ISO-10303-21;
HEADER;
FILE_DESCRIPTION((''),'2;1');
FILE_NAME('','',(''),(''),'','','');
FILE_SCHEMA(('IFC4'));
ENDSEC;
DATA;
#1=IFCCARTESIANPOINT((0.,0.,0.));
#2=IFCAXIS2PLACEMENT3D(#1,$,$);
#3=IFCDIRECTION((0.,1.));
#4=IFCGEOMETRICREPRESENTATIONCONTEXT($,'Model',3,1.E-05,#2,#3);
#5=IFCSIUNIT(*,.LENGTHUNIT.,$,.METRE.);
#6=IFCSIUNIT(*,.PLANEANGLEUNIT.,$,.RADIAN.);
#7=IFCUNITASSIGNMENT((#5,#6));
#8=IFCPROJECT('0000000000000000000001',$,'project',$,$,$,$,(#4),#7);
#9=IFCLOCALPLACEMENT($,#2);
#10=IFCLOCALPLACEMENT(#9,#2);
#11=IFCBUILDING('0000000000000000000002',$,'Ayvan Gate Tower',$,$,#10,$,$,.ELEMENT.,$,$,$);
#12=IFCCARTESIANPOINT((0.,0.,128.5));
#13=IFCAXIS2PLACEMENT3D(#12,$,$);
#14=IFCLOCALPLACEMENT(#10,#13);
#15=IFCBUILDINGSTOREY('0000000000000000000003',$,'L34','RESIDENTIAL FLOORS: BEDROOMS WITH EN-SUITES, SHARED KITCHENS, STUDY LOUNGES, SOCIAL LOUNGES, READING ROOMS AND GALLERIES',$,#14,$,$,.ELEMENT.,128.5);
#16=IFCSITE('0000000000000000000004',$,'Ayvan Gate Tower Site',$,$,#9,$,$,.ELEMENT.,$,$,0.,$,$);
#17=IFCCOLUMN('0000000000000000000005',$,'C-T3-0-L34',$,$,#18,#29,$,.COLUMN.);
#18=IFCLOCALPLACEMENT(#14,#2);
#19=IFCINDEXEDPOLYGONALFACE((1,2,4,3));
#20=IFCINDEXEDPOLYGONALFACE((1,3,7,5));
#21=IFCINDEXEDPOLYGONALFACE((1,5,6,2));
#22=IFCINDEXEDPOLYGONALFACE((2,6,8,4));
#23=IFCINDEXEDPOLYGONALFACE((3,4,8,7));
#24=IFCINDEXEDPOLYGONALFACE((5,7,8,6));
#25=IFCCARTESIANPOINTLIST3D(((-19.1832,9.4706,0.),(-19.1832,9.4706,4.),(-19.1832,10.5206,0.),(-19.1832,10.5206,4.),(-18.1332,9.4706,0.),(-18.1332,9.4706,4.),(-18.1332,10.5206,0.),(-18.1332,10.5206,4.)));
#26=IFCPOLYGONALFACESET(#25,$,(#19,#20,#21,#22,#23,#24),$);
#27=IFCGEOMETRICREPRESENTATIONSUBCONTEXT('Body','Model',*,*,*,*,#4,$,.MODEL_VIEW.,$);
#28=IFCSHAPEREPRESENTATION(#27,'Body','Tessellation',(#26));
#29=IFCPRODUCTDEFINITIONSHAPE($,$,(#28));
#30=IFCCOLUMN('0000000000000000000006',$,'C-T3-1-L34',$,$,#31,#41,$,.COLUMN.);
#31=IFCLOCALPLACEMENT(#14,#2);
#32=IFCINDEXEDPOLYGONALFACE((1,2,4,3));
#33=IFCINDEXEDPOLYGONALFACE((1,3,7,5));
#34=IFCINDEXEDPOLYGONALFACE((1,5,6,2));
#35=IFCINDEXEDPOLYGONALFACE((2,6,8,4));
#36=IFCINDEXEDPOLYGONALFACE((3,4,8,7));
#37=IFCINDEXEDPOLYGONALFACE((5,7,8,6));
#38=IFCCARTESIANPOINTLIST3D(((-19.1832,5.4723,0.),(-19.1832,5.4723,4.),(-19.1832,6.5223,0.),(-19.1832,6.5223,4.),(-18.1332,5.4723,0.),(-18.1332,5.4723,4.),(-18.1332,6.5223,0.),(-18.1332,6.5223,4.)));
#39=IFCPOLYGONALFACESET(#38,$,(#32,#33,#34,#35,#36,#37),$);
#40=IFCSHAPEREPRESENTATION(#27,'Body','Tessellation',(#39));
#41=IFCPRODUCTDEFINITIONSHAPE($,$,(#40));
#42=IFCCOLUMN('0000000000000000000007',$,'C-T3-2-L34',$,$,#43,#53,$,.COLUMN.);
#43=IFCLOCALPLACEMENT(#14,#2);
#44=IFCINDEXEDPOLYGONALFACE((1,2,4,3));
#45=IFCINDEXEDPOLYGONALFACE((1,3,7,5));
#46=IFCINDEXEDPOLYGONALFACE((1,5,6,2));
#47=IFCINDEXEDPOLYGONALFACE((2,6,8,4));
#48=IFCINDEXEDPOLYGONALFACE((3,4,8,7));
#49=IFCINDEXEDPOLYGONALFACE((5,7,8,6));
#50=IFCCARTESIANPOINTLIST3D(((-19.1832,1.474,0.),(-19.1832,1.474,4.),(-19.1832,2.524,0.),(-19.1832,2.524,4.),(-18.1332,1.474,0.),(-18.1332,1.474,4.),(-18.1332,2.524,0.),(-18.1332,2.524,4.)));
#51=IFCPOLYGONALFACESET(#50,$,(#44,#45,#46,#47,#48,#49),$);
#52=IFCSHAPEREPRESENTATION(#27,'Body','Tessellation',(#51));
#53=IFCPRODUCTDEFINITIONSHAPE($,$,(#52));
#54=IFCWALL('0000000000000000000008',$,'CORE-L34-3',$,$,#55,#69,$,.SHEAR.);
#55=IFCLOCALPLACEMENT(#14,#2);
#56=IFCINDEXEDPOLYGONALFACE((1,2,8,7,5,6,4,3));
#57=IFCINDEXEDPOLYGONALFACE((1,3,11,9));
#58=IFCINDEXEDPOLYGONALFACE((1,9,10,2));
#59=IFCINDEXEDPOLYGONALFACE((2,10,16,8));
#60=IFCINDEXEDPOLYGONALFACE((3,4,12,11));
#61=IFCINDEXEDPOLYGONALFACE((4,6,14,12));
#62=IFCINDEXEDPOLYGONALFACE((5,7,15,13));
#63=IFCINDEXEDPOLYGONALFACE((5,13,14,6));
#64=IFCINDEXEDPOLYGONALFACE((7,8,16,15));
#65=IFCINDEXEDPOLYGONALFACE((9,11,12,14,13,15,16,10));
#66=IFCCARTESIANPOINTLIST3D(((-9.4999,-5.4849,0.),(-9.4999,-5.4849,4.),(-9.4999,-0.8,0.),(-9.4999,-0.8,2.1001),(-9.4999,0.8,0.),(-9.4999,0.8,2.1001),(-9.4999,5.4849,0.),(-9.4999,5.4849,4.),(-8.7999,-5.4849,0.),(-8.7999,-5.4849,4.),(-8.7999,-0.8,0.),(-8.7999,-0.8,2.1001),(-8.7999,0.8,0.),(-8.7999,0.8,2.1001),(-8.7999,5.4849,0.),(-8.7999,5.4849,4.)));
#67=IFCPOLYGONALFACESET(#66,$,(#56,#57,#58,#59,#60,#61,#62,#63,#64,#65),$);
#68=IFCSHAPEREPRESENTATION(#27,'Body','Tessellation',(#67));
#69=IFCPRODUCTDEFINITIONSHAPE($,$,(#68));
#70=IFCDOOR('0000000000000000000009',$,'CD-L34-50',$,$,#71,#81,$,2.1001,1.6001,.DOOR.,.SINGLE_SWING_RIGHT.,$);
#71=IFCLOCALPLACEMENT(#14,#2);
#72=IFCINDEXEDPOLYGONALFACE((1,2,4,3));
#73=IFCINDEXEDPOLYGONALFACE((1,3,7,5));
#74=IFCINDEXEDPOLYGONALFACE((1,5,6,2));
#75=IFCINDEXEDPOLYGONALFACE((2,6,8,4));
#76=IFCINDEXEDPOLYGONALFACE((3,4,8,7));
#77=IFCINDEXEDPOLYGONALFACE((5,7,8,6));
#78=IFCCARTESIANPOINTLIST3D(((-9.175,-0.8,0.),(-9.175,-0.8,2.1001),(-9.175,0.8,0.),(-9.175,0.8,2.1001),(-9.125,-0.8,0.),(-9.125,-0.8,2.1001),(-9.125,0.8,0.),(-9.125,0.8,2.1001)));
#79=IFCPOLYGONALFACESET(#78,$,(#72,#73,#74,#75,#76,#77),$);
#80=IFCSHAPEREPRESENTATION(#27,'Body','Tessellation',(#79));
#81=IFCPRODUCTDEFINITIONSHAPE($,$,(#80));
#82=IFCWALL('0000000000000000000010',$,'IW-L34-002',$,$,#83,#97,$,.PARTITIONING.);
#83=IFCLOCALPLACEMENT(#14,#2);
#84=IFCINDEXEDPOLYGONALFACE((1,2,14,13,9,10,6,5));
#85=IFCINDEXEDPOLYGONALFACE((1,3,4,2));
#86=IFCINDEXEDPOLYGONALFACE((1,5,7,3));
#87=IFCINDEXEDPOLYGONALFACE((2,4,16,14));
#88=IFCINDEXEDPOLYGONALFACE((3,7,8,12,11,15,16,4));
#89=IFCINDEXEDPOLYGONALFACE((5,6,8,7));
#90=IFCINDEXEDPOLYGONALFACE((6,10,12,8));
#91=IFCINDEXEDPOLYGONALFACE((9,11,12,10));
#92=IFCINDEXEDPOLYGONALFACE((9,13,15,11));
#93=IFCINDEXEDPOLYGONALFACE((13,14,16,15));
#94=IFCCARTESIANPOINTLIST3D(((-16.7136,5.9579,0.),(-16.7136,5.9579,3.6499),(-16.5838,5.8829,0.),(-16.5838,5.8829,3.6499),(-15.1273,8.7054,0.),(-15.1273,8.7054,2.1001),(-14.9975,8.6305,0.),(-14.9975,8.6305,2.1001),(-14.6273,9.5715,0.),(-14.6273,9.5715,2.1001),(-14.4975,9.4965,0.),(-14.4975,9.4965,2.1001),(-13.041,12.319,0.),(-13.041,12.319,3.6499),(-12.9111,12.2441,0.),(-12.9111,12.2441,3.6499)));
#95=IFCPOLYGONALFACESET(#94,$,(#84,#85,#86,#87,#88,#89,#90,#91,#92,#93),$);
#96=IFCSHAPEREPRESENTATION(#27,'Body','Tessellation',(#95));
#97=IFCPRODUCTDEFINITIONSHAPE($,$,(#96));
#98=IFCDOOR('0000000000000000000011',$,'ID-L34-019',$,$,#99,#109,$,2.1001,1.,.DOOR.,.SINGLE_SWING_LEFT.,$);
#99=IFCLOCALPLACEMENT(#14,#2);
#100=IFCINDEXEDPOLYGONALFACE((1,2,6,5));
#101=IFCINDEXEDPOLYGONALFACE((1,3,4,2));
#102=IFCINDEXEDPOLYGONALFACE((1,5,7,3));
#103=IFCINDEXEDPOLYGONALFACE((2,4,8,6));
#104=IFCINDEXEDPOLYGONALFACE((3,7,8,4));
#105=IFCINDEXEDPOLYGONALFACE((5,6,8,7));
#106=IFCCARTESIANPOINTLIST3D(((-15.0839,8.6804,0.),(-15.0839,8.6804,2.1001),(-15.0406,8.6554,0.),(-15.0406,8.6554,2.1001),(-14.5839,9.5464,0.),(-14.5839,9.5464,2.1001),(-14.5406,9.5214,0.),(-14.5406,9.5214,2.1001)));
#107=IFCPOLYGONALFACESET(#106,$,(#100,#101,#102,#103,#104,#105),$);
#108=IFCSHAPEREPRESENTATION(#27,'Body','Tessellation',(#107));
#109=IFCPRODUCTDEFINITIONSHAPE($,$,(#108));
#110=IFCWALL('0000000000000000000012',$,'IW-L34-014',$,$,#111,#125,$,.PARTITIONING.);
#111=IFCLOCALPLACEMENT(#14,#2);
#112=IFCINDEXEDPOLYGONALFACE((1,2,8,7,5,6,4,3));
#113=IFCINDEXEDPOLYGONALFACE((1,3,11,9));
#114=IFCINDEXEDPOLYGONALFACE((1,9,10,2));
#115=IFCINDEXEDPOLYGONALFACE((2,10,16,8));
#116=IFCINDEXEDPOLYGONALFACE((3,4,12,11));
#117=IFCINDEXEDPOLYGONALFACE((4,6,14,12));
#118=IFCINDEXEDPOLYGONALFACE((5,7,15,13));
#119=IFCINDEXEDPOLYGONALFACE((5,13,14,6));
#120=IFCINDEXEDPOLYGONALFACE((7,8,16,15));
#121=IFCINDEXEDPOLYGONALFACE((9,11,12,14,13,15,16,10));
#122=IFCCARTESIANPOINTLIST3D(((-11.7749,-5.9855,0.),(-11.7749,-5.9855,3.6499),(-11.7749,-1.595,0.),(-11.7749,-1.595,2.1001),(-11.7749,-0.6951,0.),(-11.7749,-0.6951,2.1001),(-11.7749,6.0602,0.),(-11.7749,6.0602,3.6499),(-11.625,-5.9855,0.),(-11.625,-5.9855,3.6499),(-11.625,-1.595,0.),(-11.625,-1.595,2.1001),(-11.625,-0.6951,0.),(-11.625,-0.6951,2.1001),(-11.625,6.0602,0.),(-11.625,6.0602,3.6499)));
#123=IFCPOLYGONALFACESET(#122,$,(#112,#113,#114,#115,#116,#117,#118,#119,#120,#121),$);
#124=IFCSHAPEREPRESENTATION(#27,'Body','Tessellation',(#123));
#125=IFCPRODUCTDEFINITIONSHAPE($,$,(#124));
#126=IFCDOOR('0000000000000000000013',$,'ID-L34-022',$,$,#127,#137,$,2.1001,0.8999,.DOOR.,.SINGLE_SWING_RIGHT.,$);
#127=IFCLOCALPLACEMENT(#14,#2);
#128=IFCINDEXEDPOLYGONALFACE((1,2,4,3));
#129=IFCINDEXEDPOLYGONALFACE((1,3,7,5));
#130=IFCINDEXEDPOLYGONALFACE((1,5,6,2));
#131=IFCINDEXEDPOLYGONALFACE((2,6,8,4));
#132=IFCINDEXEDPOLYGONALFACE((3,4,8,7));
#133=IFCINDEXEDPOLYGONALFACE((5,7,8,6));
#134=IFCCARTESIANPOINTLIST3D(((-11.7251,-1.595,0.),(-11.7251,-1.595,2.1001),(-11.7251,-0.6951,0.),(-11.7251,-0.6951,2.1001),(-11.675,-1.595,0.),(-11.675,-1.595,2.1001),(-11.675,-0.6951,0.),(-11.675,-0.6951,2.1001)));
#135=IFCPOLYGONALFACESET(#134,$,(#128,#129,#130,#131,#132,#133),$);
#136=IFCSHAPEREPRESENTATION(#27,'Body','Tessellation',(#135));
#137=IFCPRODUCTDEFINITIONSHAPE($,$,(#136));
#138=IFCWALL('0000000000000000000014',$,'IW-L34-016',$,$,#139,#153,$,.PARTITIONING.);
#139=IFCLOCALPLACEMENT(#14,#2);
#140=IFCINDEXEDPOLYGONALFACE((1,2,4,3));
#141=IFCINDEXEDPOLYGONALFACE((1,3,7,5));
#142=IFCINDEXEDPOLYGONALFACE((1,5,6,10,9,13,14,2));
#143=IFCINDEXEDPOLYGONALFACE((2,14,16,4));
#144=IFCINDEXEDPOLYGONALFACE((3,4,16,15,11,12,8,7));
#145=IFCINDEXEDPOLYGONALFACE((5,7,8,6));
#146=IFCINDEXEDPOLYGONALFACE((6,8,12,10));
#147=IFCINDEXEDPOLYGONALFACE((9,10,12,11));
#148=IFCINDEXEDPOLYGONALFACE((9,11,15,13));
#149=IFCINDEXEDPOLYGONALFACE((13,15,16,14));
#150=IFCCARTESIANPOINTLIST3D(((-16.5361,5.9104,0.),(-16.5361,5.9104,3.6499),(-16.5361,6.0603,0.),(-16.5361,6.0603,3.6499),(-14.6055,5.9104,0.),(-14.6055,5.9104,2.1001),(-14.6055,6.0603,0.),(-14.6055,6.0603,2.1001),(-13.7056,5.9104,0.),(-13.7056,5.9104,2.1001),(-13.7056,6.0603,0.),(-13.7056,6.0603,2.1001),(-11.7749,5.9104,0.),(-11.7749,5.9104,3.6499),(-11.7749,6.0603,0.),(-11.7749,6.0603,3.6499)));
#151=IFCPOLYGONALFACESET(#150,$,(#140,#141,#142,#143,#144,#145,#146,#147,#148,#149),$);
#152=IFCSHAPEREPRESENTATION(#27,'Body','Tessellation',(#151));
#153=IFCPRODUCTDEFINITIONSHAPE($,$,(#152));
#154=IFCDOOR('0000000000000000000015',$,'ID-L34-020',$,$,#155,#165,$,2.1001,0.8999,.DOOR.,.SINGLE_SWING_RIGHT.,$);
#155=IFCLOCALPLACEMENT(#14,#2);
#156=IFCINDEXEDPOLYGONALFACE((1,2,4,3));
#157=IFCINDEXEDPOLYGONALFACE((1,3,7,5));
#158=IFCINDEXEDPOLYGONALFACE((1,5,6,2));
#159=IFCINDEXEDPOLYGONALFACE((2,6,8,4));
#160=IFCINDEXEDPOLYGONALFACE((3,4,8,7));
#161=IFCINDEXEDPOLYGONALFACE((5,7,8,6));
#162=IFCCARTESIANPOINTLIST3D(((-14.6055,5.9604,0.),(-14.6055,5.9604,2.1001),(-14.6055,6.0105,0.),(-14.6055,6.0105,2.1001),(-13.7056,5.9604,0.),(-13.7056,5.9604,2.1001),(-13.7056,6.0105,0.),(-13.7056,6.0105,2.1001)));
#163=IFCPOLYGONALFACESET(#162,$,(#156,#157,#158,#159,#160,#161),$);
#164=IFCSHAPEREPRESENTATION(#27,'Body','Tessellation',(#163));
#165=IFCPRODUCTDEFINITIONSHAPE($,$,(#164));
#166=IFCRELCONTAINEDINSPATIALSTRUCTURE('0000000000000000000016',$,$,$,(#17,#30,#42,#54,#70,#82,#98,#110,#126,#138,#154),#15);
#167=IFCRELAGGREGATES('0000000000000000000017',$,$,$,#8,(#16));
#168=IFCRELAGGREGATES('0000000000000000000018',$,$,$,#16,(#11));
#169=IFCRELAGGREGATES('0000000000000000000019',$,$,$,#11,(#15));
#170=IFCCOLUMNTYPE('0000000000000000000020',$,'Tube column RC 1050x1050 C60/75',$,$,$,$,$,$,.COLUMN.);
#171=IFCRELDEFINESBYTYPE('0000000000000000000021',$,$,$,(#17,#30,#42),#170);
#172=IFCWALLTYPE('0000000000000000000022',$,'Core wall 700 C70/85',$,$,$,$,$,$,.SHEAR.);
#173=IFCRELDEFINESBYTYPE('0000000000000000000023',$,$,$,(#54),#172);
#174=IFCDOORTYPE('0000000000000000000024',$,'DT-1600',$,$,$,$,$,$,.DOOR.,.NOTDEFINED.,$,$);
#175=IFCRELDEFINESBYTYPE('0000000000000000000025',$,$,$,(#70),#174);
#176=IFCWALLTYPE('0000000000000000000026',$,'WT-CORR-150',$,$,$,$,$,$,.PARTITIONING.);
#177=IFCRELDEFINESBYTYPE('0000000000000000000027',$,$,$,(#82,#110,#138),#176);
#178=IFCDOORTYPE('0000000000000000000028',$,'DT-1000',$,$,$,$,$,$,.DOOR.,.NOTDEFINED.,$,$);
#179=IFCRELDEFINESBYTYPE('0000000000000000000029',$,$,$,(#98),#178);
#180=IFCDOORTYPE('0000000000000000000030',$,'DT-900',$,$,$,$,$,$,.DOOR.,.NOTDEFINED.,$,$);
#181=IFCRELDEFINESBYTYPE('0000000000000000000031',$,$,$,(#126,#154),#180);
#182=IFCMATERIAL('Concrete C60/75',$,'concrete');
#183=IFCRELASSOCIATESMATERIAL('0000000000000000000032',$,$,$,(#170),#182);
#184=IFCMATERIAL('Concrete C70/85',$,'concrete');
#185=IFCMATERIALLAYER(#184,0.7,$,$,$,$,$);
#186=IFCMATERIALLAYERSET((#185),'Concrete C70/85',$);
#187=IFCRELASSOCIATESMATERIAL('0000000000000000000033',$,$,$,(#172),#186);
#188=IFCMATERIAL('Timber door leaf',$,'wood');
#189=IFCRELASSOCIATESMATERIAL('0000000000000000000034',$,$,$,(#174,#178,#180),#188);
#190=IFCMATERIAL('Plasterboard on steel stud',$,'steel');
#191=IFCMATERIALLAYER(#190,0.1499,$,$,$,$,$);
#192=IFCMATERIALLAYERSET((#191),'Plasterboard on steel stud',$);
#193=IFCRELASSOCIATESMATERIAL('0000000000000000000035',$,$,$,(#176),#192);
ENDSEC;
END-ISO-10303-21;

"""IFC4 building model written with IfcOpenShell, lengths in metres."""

from ifc_helpers import new_model, si_unit, direction, frame, frame_2d, origin, origin_2d, place, context, subcontext, project, spatial, rectangle, extrude, material, layer, layer_set, material_profile, profile_set, type_object, element, fill, save


model = new_model("IFC4")

# Units and contexts
model_context = context("Model", 3, precision=1e-05, world=origin(), true_north=direction((0.0, 1.0)))
body_context = subcontext(model_context, "Body", "Model", "MODEL_VIEW")
ifc_project = project(units=[si_unit("LENGTHUNIT", "METRE"), si_unit("PLANEANGLEUNIT", "RADIAN")], contexts=[model_context])

# Site, building, storey
site_placement = place(None, origin())
site = spatial("IfcSite", under=ifc_project, at=site_placement, Name="Ayvan Gate Tower Site", CompositionType="ELEMENT", RefElevation=0.0)
building_placement = place(site_placement, origin())
building = spatial("IfcBuilding", under=site, at=building_placement, Name="Ayvan Gate Tower", CompositionType="ELEMENT")
storey_placement = place(building_placement, frame((0.0, 0.0, 128.5)))
storey = spatial("IfcBuildingStorey", under=building, at=storey_placement, Name="L34", Description="RESIDENTIAL FLOORS: BEDROOMS WITH EN-SUITES, SHARED KITCHENS, STUDY LOUNGES, SOCIAL LOUNGES, READING ROOMS AND GALLERIES", CompositionType="ELEMENT", Elevation=128.5)

# Columns
ifc_material_1 = material(Name="Concrete C60/75", Category="concrete")
ifc_material_profile = material_profile(ifc_material_1, rectangle(XDim=1.05, YDim=1.05, at=origin_2d()), Name="RC 1050x1050")
ifc_profile_set = profile_set([ifc_material_profile], Name="Concrete C60/75")
column_type = type_object("IfcColumnType", Name="Tube column RC 1050x1050 C60/75", PredefinedType="COLUMN", material=ifc_profile_set)
for number, where, z_axis, x_axis, name in (
    (1, (-18.6582, 9.9956, 0.0), (0.0, 0.0, 1.0), (-1.0, 0.0, 0.0), "C-T3-0-L34"),
    (2, (-18.6582, 5.9973, 0.0), (0.0, 0.0, 1.0), (-1.0, 0.0, 0.0), "C-T3-1-L34"),
    (3, (-18.6582, 1.999, 0.0), (0.0, 0.0, 1.0), (-1.0, 0.0, 0.0), "C-T3-2-L34"),
):
    element("IfcColumn", number, at=place(storey_placement, frame(where, z_axis=z_axis, x_axis=x_axis)), inside=storey, type_object=column_type, Name=name, PredefinedType="COLUMN", context=body_context, shape_type="SweptSolid", body=[
        extrude(rectangle(XDim=1.05, YDim=1.05, at=origin_2d()), origin(), (0.0, 0.0, 1.0), 4.0),
    ])

# Walls, openings, doors
ifc_material_2 = material(Name="Concrete C70/85", Category="concrete")
ifc_layer_1 = layer(ifc_material_2, 0.7)
ifc_layer_set_1 = layer_set([ifc_layer_1], Name="Concrete C70/85")
wall_type_1 = type_object("IfcWallType", Name="Core wall 700 C70/85", PredefinedType="SHEAR", material=ifc_layer_set_1)
wall_1_placement = place(storey_placement, frame((-9.1499, 5.4849, 0.0), z_axis=(0.0, 0.0, 1.0), x_axis=(0.0, -1.0, 0.0)))
wall_1 = element("IfcWall", 4, at=wall_1_placement, inside=storey, type_object=wall_type_1, Name="CORE-L34-3", PredefinedType="SHEAR", context=body_context, shape_type="SweptSolid", body=[
    extrude(rectangle(XDim=10.9697, YDim=0.7, at=frame_2d((5.4849, 0.0))), origin(), (0.0, 0.0, 1.0), 4.0),
])
opening_1_placement = place(wall_1_placement, frame((4.6848, 0.0, 0.0)))
opening_1 = element("IfcOpeningElement", 5, at=opening_1_placement, cuts=wall_1, PredefinedType="OPENING", context=body_context, shape_type="SweptSolid", body=[
    extrude(rectangle(XDim=1.6001, YDim=2.1001, at=frame_2d((0.8, 1.05))), frame((0.0, 0.3599, 0.0), z_axis=(0.0, -1.0, 0.0), x_axis=(1.0, 0.0, 0.0)), (0.0, 0.0, 1.0), 0.72),
])
ifc_material_3 = material(Name="Timber door leaf", Category="wood")
door_type_1 = type_object("IfcDoorType", Name="DT-1600", OperationType="NOTDEFINED", PredefinedType="DOOR", material=ifc_material_3)
door_1_placement = place(opening_1_placement, origin())
door_1 = element("IfcDoor", 6, at=door_1_placement, inside=storey, type_object=door_type_1, Name="CD-L34-50", OperationType="SINGLE_SWING_RIGHT", OverallHeight=2.1001, OverallWidth=1.6001, PredefinedType="DOOR", context=body_context, shape_type="SweptSolid", body=[
    extrude(rectangle(XDim=1.6001, YDim=2.1001, at=frame_2d((0.8, 1.05))), frame((0.0, 0.0249, 0.0), z_axis=(0.0, -1.0, 0.0), x_axis=(1.0, 0.0, 0.0)), (0.0, 0.0, 1.0), 0.05),
])
fill(opening_1, door_1)
ifc_material_4 = material(Name="Plasterboard on steel stud", Category="steel")
ifc_layer_2 = layer(ifc_material_4, 0.1499)
ifc_layer_set_2 = layer_set([ifc_layer_2], Name="Plasterboard on steel stud")
wall_type_2 = type_object("IfcWallType", Name="WT-CORR-150", PredefinedType="PARTITIONING", material=ifc_layer_set_2)
wall_2_placement = place(storey_placement, frame((-16.6487, 5.9204, 0.0), z_axis=(0.0, 0.0, 1.0), x_axis=(0.500003, 0.866023, 0.0)))
wall_2 = element("IfcWall", 7, at=wall_2_placement, inside=storey, type_object=wall_type_2, Name="IW-L34-002", PredefinedType="PARTITIONING", context=body_context, shape_type="SweptSolid", body=[
    extrude(rectangle(XDim=7.3452, YDim=0.1499, at=frame_2d((3.6726, 0.0))), origin(), (0.0, 0.0, 1.0), 3.6499),
])
opening_2_placement = place(wall_2_placement, frame((3.1726, 0.0, 0.0)))
opening_2 = element("IfcOpeningElement", 8, at=opening_2_placement, cuts=wall_2, PredefinedType="OPENING", context=body_context, shape_type="SweptSolid", body=[
    extrude(rectangle(XDim=1.0, YDim=2.1001, at=frame_2d((0.5, 1.05))), frame((0.0, 0.085, 0.0), z_axis=(0.0, -1.0, 0.0), x_axis=(1.0, 0.0, 0.0)), (0.0, 0.0, 1.0), 0.1699),
])
door_type_2 = type_object("IfcDoorType", Name="DT-1000", OperationType="NOTDEFINED", PredefinedType="DOOR", material=ifc_material_3)
door_2_placement = place(opening_2_placement, origin())
door_2 = element("IfcDoor", 9, at=door_2_placement, inside=storey, type_object=door_type_2, Name="ID-L34-019", OperationType="SINGLE_SWING_LEFT", OverallHeight=2.1001, OverallWidth=1.0, PredefinedType="DOOR", context=body_context, shape_type="SweptSolid", body=[
    extrude(rectangle(XDim=1.0, YDim=2.1001, at=frame_2d((0.5, 1.05))), frame((0.0, 0.0249, 0.0), z_axis=(0.0, -1.0, 0.0), x_axis=(1.0, 0.0, 0.0)), (0.0, 0.0, 1.0), 0.05),
])
fill(opening_2, door_2)
wall_3_placement = place(storey_placement, frame((-11.7, 6.0603, 0.0), z_axis=(0.0, 0.0, 1.0), x_axis=(0.0, -1.0, 0.0)))
wall_3 = element("IfcWall", 10, at=wall_3_placement, inside=storey, type_object=wall_type_2, Name="IW-L34-014", PredefinedType="PARTITIONING", context=body_context, shape_type="SweptSolid", body=[
    extrude(rectangle(XDim=12.0457, YDim=0.1499, at=frame_2d((6.0229, 0.0))), origin(), (0.0, 0.0, 1.0), 3.6499),
])
opening_3_placement = place(wall_3_placement, frame((6.7554, 0.0, 0.0)))
opening_3 = element("IfcOpeningElement", 11, at=opening_3_placement, cuts=wall_3, PredefinedType="OPENING", context=body_context, shape_type="SweptSolid", body=[
    extrude(rectangle(XDim=0.8999, YDim=2.1001, at=frame_2d((0.45, 1.05))), frame((0.0, 0.085, 0.0), z_axis=(0.0, -1.0, 0.0), x_axis=(1.0, 0.0, 0.0)), (0.0, 0.0, 1.0), 0.1699),
])
door_type_3 = type_object("IfcDoorType", Name="DT-900", OperationType="NOTDEFINED", PredefinedType="DOOR", material=ifc_material_3)
door_3_placement = place(opening_3_placement, origin())
door_3 = element("IfcDoor", 12, at=door_3_placement, inside=storey, type_object=door_type_3, Name="ID-L34-022", OperationType="SINGLE_SWING_RIGHT", OverallHeight=2.1001, OverallWidth=0.8999, PredefinedType="DOOR", context=body_context, shape_type="SweptSolid", body=[
    extrude(rectangle(XDim=0.8999, YDim=2.1001, at=frame_2d((0.45, 1.05))), frame((0.0, 0.0249, 0.0), z_axis=(0.0, -1.0, 0.0), x_axis=(1.0, 0.0, 0.0)), (0.0, 0.0, 1.0), 0.05),
])
fill(opening_3, door_3)
wall_4_placement = place(storey_placement, frame((-11.7749, 5.9854, 0.0), z_axis=(0.0, 0.0, 1.0), x_axis=(-1.0, 0.0, 0.0)))
wall_4 = element("IfcWall", 13, at=wall_4_placement, inside=storey, type_object=wall_type_2, Name="IW-L34-016", PredefinedType="PARTITIONING", context=body_context, shape_type="SweptSolid", body=[
    extrude(rectangle(XDim=4.7612, YDim=0.1499, at=frame_2d((2.3806, 0.0))), origin(), (0.0, 0.0, 1.0), 3.6499),
])
opening_4_placement = place(wall_4_placement, frame((1.9307, 0.0, 0.0)))
opening_4 = element("IfcOpeningElement", 14, at=opening_4_placement, cuts=wall_4, PredefinedType="OPENING", context=body_context, shape_type="SweptSolid", body=[
    extrude(rectangle(XDim=0.8999, YDim=2.1001, at=frame_2d((0.45, 1.05))), frame((0.0, 0.085, 0.0), z_axis=(0.0, -1.0, 0.0), x_axis=(1.0, 0.0, 0.0)), (0.0, 0.0, 1.0), 0.1699),
])
door_4_placement = place(opening_4_placement, origin())
door_4 = element("IfcDoor", 15, at=door_4_placement, inside=storey, type_object=door_type_3, Name="ID-L34-020", OperationType="SINGLE_SWING_RIGHT", OverallHeight=2.1001, OverallWidth=0.8999, PredefinedType="DOOR", context=body_context, shape_type="SweptSolid", body=[
    extrude(rectangle(XDim=0.8999, YDim=2.1001, at=frame_2d((0.45, 1.05))), frame((0.0, 0.0249, 0.0), z_axis=(0.0, -1.0, 0.0), x_axis=(1.0, 0.0, 0.0)), (0.0, 0.0, 1.0), 0.05),
])
fill(opening_4, door_4)

save(model, "model.ifc")
